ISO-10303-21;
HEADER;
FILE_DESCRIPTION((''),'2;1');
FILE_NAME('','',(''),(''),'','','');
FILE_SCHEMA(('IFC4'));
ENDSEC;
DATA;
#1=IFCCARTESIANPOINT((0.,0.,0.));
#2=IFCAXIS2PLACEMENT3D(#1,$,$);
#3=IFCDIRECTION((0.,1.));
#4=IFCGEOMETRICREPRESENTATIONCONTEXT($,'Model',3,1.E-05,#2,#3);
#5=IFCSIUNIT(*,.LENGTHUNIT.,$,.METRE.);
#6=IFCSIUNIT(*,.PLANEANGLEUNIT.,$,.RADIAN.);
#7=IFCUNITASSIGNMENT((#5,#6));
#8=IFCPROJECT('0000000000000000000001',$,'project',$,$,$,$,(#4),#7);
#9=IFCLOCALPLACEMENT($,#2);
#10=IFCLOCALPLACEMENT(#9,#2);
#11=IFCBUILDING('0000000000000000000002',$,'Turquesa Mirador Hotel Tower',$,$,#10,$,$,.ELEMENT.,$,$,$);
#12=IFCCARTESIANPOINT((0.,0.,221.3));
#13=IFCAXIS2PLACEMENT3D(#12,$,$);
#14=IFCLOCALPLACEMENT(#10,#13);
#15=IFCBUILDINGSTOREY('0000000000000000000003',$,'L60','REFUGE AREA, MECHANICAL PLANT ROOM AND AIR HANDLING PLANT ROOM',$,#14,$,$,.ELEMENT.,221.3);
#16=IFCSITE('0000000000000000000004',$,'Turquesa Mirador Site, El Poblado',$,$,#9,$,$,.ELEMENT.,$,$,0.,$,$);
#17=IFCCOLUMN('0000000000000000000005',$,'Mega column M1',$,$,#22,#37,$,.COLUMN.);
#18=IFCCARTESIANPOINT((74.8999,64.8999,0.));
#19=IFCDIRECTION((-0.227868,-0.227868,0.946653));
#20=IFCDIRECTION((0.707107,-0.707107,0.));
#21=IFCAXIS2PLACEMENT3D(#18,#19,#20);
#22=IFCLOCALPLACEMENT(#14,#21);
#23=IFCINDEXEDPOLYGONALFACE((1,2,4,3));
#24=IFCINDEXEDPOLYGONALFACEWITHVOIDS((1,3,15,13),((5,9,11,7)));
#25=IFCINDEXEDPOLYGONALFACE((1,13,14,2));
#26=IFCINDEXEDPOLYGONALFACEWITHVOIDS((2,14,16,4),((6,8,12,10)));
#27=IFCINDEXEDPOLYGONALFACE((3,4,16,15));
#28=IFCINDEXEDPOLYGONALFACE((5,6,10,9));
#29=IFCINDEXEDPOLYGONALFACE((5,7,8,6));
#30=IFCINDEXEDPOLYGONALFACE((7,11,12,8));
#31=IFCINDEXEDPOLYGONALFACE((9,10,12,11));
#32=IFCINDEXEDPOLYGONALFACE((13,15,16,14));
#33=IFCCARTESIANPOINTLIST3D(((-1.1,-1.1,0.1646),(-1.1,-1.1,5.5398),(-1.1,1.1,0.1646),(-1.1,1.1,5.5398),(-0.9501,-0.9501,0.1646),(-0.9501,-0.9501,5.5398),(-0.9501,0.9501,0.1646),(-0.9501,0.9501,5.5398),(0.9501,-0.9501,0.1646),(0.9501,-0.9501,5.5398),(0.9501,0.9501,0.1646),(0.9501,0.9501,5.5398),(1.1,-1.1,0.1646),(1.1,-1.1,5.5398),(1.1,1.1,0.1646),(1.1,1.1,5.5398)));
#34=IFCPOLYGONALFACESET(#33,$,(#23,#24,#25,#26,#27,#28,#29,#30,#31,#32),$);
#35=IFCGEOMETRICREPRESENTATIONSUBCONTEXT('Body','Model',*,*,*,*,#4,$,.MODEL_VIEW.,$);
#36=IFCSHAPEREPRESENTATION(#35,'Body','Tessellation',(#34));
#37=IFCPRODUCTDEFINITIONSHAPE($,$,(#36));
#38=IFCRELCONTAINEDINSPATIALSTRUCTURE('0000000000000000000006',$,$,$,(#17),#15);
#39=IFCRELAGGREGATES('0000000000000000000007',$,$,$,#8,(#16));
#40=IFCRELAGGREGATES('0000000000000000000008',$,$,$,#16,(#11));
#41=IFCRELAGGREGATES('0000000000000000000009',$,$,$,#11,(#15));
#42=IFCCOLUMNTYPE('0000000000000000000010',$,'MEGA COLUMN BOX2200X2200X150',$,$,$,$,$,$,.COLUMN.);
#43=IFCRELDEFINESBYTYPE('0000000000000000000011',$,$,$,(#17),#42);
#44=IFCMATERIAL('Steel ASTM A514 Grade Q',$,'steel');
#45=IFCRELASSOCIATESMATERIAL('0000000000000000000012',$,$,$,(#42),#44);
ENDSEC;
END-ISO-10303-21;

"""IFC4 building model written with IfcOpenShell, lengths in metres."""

from ifc_helpers import new_model, si_unit, direction, frame, origin, origin_2d, place, context, subcontext, project, spatial, hollow_rectangle, extrude, clip, halfspace, material, material_profile, profile_set, type_object, element, save


model = new_model("IFC4")

# Units and contexts
model_context = context("Model", 3, precision=1e-05, world=origin(), true_north=direction((0.0, 1.0)))
body_context = subcontext(model_context, "Body", "Model", "MODEL_VIEW")
ifc_project = project(units=[si_unit("LENGTHUNIT", "METRE"), si_unit("PLANEANGLEUNIT", "RADIAN")], contexts=[model_context])

# Site, building, storey
site_placement = place(None, origin())
site = spatial("IfcSite", under=ifc_project, at=site_placement, Name="Turquesa Mirador Site, El Poblado", CompositionType="ELEMENT", RefElevation=0.0)
building_placement = place(site_placement, origin())
building = spatial("IfcBuilding", under=site, at=building_placement, Name="Turquesa Mirador Hotel Tower", CompositionType="ELEMENT")
storey_placement = place(building_placement, frame((0.0, 0.0, 221.3)))
storey = spatial("IfcBuildingStorey", under=building, at=storey_placement, Name="L60", Description="REFUGE AREA, MECHANICAL PLANT ROOM AND AIR HANDLING PLANT ROOM", CompositionType="ELEMENT", Elevation=221.3)

# Column
ifc_material_1 = material(Name="Steel ASTM A514 Grade Q", Category="steel")
ifc_material_profile_1 = material_profile(ifc_material_1, hollow_rectangle(XDim=2.2, YDim=2.2, WallThickness=0.1499, at=origin_2d()), Name="BOX2200X2200X150")
ifc_profile_set_1 = profile_set([ifc_material_profile_1], Name="Steel ASTM A514 Grade Q")
column_type = type_object("IfcColumnType", Name="MEGA COLUMN BOX2200X2200X150", PredefinedType="COLUMN", material=ifc_profile_set_1)
column_placement = place(storey_placement, frame((74.8999, 64.8999, 0.0), z_axis=(-0.227868, -0.227868, 0.946653), x_axis=(0.707107, -0.707107, 0.0)))
element("IfcColumn", 1, at=column_placement, inside=storey, type_object=column_type, Name="Mega column M1", PredefinedType="COLUMN", context=body_context, shape_type="Clipping", body=[
    clip(clip(extrude(hollow_rectangle(XDim=2.2, YDim=2.2, WallThickness=0.1499, at=origin_2d()), origin(), (0.0, 0.0, 1.0), 5.7041), halfspace(frame((0.0, 0.0, 0.1646), z_axis=(0.0, 0.0, -1.0), x_axis=(1.0, 0.0, 0.0)), False)), halfspace(frame((0.0, 0.0, 5.5398), z_axis=(0.0, 0.0, 1.0), x_axis=(1.0, 0.0, 0.0)), False)),
])

save(model, "model.ifc")
